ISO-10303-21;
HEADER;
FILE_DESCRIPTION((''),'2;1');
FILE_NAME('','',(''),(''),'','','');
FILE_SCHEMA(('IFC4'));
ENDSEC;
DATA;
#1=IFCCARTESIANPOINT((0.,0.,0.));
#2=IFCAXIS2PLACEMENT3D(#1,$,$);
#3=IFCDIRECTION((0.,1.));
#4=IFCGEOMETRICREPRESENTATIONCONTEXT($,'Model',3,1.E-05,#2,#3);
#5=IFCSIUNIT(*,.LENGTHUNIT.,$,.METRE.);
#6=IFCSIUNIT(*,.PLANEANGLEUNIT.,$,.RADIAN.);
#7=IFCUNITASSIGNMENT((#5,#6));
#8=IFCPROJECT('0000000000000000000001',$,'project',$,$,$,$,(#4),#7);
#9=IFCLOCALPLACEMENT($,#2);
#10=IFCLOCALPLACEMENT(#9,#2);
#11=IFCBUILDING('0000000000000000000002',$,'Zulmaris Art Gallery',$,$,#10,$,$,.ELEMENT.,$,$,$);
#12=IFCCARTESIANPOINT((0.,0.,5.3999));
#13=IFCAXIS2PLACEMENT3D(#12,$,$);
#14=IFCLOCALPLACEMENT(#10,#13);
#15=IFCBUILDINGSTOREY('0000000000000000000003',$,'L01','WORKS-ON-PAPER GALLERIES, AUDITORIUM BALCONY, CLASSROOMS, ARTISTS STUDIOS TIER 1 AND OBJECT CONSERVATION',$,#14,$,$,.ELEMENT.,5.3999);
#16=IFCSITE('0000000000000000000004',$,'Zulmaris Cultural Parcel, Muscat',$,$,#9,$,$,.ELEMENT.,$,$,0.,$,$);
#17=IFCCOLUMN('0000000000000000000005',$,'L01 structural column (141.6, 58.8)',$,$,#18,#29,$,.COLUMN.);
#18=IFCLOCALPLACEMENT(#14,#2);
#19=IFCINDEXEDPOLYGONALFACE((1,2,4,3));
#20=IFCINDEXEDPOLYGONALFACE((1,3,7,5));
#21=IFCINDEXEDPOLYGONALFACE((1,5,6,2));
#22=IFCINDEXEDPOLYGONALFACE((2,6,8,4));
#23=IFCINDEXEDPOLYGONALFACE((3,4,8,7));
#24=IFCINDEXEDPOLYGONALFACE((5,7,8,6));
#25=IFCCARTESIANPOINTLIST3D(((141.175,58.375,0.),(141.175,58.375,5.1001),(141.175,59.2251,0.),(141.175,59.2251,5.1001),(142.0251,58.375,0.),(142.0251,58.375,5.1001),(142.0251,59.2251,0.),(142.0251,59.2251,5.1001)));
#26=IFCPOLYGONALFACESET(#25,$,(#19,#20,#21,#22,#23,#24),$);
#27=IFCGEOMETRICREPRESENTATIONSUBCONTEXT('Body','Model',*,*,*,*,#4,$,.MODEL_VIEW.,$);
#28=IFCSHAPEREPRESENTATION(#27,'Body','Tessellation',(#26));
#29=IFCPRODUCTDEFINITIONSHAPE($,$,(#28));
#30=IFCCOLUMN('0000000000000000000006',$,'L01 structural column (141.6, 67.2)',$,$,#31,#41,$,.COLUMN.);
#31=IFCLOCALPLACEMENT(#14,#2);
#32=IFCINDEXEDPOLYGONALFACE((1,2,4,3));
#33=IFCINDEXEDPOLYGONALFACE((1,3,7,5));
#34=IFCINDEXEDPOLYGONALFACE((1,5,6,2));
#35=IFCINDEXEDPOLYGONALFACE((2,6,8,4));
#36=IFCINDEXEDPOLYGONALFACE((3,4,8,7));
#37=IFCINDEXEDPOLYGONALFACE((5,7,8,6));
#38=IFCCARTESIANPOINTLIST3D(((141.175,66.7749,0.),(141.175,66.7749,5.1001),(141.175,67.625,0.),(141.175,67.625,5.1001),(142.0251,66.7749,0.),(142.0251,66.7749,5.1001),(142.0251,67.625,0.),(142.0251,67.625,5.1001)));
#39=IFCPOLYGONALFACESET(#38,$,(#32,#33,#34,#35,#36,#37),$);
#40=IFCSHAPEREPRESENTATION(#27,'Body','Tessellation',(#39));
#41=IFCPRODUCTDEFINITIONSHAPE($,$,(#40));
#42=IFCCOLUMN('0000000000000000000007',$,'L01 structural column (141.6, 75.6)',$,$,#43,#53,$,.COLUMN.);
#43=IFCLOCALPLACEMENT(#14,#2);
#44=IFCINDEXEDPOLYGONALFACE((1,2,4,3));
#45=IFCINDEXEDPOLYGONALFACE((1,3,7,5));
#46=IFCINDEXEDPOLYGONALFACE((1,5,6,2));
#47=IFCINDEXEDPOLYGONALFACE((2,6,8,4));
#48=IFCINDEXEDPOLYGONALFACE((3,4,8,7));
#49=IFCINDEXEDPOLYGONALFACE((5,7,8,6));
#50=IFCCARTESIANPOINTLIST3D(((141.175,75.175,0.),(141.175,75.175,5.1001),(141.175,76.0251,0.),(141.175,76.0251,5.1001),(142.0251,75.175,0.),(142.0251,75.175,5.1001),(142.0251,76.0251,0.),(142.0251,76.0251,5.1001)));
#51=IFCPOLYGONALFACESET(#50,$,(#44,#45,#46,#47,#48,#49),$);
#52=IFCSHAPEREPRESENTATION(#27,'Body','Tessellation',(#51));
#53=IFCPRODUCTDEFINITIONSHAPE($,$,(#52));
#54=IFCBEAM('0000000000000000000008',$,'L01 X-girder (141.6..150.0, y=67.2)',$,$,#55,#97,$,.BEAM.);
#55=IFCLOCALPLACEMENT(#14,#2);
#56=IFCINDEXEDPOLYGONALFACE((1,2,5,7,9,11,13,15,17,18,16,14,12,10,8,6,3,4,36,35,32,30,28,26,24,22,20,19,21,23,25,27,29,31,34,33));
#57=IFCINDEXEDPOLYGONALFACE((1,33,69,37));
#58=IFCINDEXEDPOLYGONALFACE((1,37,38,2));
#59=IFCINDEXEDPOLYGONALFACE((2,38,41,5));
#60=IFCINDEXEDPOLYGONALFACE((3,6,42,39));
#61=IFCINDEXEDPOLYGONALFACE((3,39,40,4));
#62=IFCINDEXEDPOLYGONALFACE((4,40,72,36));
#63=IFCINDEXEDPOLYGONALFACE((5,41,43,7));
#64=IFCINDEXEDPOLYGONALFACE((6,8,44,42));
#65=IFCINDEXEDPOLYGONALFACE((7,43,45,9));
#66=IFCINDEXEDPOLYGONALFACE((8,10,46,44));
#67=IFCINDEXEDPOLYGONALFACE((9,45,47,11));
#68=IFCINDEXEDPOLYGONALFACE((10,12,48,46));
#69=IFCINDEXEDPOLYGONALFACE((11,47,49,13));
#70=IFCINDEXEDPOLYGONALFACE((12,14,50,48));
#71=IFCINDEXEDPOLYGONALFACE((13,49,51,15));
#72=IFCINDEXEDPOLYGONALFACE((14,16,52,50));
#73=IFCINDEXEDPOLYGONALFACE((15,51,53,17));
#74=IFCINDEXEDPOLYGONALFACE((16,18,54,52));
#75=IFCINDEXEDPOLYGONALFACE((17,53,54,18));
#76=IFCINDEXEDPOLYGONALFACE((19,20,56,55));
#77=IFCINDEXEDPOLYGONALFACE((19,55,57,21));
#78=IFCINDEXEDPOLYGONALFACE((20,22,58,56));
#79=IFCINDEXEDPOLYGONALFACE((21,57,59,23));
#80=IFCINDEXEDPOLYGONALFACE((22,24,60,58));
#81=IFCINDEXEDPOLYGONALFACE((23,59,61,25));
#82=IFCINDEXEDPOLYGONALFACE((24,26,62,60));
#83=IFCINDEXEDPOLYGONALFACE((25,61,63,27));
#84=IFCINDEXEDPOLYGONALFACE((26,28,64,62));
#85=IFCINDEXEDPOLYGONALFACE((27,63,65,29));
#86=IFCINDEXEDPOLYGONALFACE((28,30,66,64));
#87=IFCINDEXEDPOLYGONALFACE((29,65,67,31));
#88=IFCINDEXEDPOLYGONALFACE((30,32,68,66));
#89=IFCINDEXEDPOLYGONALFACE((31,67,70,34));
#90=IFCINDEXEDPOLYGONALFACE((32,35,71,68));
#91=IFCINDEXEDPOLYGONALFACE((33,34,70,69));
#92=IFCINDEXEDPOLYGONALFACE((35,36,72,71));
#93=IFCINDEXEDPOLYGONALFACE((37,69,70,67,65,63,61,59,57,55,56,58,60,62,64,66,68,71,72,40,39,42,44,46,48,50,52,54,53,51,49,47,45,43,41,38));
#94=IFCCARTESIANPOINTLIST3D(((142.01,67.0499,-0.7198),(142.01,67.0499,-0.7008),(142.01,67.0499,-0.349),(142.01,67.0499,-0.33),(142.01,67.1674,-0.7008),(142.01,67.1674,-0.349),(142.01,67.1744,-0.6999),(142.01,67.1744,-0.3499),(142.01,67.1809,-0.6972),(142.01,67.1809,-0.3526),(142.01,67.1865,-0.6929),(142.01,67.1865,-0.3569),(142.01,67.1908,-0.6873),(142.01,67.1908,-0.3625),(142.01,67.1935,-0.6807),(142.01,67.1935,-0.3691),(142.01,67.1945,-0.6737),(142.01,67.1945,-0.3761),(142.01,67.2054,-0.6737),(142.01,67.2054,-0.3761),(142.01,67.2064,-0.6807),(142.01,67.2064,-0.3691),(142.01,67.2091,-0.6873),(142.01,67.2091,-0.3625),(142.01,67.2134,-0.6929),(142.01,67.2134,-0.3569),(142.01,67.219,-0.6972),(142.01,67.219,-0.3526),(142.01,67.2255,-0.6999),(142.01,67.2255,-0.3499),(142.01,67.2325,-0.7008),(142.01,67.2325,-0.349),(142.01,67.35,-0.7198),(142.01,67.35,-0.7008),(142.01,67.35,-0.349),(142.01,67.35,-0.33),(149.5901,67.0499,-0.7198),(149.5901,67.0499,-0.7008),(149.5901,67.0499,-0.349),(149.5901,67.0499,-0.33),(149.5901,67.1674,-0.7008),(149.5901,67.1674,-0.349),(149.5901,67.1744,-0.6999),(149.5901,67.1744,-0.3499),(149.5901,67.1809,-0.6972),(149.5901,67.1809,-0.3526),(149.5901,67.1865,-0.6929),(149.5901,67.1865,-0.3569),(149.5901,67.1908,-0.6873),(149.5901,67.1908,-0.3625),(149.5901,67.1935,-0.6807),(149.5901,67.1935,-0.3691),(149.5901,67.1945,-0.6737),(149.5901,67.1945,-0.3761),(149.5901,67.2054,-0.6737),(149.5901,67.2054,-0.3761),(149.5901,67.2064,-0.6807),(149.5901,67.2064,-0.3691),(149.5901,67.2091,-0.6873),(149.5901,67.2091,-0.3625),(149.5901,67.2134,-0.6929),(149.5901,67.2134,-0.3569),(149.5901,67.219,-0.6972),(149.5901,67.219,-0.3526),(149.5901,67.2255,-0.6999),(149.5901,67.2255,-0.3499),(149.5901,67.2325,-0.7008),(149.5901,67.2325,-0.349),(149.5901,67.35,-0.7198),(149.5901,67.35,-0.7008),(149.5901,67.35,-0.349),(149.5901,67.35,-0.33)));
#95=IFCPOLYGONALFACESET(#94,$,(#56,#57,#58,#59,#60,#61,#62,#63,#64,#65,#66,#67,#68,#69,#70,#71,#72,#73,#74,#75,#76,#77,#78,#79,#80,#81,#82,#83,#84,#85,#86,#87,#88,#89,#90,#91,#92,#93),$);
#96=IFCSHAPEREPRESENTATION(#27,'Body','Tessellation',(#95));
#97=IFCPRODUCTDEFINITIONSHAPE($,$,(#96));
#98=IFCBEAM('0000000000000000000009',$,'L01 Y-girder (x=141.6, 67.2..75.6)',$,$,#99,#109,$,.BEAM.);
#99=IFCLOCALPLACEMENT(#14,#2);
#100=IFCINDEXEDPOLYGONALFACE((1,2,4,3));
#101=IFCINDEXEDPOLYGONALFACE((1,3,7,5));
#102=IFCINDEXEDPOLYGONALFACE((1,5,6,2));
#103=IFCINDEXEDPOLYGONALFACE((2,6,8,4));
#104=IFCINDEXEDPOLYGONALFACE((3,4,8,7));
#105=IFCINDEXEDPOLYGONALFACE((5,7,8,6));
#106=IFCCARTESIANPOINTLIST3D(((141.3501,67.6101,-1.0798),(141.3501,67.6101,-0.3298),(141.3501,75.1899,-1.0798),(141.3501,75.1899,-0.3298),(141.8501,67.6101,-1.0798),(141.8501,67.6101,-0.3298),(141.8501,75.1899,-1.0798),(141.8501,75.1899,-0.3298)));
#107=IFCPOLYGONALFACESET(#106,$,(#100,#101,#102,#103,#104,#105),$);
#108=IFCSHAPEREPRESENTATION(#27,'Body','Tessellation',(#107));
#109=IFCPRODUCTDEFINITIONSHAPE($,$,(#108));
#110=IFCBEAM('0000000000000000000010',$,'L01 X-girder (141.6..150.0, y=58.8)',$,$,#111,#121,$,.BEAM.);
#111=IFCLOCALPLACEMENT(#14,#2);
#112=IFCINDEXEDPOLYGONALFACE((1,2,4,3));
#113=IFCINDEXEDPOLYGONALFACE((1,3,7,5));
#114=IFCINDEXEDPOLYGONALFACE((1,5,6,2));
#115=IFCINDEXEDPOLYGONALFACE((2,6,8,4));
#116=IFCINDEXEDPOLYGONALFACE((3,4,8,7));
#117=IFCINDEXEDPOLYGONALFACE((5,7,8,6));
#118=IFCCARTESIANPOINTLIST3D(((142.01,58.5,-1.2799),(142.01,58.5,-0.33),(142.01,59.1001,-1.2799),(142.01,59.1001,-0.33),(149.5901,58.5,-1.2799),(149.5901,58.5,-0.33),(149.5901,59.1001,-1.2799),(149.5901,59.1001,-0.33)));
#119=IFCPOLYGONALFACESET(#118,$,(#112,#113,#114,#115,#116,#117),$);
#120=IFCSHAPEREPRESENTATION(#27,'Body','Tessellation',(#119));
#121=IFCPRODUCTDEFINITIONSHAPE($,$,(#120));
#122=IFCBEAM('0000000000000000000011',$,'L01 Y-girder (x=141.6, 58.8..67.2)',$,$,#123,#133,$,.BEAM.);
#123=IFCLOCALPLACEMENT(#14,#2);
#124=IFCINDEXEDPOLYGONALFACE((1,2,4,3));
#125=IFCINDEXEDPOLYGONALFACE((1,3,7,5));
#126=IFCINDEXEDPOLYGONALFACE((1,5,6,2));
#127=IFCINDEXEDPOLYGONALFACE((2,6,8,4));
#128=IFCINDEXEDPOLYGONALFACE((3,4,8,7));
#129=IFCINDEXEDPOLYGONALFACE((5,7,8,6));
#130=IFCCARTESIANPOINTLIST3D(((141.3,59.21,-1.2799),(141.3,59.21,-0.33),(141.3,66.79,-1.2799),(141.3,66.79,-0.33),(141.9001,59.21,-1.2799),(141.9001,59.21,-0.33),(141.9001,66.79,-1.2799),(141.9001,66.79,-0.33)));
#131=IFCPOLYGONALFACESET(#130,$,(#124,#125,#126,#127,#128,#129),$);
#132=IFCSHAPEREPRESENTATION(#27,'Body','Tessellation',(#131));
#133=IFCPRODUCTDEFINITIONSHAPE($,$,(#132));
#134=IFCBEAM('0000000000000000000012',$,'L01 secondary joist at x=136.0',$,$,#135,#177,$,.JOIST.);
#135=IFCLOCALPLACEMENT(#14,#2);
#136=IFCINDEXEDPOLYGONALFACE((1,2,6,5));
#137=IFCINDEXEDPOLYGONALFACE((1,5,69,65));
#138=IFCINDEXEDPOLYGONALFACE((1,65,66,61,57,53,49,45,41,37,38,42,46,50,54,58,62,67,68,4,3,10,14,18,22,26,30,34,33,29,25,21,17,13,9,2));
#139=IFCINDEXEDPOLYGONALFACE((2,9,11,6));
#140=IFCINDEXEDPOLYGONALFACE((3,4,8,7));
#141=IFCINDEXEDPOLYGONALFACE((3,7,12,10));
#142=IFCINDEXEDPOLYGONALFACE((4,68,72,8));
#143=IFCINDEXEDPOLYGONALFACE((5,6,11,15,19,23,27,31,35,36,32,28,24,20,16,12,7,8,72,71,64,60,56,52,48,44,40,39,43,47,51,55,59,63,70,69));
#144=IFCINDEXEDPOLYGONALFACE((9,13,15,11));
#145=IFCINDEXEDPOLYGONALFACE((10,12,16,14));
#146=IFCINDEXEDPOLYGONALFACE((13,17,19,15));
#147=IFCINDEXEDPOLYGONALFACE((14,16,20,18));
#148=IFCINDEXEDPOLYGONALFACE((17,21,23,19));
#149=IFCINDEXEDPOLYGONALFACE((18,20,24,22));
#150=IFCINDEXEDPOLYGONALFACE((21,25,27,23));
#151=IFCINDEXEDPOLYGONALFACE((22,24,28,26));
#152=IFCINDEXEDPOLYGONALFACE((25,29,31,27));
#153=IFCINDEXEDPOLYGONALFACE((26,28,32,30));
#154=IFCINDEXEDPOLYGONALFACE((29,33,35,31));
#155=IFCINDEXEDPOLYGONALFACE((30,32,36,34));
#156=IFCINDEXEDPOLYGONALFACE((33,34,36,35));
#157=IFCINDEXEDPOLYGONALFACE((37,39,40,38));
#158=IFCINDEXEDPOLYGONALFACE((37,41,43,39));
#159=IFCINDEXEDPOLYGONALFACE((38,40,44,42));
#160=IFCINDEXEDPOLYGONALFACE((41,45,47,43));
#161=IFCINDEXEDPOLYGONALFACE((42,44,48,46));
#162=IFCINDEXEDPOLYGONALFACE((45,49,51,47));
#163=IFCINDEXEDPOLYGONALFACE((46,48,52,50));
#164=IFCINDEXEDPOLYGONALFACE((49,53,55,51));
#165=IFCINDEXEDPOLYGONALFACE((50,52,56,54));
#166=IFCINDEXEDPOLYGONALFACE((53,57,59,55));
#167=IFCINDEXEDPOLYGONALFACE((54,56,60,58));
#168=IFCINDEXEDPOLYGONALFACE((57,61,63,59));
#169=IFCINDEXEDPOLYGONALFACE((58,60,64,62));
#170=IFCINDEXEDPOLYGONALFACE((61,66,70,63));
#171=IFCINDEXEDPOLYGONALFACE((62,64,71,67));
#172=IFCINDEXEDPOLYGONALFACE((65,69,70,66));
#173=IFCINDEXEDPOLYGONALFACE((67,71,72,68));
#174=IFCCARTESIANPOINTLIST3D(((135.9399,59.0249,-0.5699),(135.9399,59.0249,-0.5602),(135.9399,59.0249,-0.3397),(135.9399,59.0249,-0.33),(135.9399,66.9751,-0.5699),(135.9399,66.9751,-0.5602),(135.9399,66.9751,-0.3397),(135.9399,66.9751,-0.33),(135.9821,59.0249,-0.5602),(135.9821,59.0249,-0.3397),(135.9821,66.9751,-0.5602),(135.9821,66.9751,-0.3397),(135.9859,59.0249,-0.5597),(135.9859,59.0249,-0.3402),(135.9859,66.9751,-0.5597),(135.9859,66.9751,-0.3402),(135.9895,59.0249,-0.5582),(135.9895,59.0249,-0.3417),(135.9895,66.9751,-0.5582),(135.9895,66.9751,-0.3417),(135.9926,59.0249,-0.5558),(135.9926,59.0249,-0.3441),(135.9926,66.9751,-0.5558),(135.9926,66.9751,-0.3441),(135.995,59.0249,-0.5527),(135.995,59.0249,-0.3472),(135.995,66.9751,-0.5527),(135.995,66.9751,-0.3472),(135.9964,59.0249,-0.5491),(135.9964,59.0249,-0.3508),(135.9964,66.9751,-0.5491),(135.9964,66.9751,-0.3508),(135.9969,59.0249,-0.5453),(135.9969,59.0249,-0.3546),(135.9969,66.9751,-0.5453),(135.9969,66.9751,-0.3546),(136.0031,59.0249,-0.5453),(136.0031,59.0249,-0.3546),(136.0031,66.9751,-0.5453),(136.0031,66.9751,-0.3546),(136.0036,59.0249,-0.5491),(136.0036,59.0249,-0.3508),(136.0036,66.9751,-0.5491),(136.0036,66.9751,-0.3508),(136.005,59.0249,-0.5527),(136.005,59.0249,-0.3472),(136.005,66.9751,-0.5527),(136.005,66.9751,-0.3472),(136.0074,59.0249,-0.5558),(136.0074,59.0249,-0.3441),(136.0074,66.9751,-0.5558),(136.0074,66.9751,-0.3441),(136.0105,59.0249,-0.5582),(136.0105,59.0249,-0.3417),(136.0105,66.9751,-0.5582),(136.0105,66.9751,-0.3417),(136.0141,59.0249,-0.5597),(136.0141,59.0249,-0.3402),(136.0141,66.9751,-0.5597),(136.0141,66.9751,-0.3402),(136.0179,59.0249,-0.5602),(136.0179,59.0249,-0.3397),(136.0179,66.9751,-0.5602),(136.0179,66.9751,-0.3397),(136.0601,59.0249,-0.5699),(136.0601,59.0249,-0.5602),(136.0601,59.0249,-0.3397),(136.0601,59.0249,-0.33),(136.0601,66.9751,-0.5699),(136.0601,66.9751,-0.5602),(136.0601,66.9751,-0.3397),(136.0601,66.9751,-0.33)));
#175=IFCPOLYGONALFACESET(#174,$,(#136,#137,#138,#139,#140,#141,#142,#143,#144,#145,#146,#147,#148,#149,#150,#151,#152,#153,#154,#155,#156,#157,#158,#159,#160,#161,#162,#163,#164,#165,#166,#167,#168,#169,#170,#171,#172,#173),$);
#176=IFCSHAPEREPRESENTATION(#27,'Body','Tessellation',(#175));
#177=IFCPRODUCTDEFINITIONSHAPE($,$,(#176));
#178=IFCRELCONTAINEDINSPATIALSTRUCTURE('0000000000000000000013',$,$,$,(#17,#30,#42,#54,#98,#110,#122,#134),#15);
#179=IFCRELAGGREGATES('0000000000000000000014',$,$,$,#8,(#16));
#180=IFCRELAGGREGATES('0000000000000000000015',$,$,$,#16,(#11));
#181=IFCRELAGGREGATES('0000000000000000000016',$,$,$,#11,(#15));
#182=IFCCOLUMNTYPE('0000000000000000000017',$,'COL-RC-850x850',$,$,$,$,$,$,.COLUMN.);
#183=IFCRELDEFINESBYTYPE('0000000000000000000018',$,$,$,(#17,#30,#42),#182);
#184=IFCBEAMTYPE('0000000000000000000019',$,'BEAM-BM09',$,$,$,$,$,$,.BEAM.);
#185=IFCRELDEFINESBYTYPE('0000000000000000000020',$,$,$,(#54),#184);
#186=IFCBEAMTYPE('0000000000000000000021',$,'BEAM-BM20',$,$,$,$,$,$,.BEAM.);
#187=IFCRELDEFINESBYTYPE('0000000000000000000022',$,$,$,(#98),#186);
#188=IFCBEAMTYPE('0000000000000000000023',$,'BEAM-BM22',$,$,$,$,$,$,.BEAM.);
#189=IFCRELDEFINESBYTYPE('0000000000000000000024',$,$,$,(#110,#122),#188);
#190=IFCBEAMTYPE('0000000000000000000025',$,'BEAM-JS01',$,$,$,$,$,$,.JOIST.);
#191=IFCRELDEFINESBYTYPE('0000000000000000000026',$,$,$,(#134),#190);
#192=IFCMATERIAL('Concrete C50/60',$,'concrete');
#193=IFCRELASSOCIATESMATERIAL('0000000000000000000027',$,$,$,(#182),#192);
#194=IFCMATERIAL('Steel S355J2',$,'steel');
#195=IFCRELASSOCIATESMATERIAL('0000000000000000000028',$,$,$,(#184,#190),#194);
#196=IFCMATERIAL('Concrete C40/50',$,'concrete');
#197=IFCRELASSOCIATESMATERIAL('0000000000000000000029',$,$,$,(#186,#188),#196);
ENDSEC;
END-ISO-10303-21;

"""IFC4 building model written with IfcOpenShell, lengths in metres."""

from ifc_helpers import new_model, si_unit, direction, frame, origin, origin_2d, place, context, subcontext, project, spatial, rectangle, i_section, extrude, material, material_profile, profile_set, type_object, element, save


model = new_model("IFC4")

# Units and contexts
model_context = context("Model", 3, precision=1e-05, world=origin(), true_north=direction((0.0, 1.0)))
body_context = subcontext(model_context, "Body", "Model", "MODEL_VIEW")
ifc_project = project(units=[si_unit("LENGTHUNIT", "METRE"), si_unit("PLANEANGLEUNIT", "RADIAN")], contexts=[model_context])

# Site, building, storey
site_placement = place(None, origin())
site = spatial("IfcSite", under=ifc_project, at=site_placement, Name="Zulmaris Cultural Parcel, Muscat", CompositionType="ELEMENT", RefElevation=0.0)
building_placement = place(site_placement, origin())
building = spatial("IfcBuilding", under=site, at=building_placement, Name="Zulmaris Art Gallery", CompositionType="ELEMENT")
storey_placement = place(building_placement, frame((0.0, 0.0, 5.3999)))
storey = spatial("IfcBuildingStorey", under=building, at=storey_placement, Name="L01", Description="WORKS-ON-PAPER GALLERIES, AUDITORIUM BALCONY, CLASSROOMS, ARTISTS STUDIOS TIER 1 AND OBJECT CONSERVATION", CompositionType="ELEMENT", Elevation=5.3999)

# Columns
ifc_material_1 = material(Name="Concrete C50/60", Category="concrete")
ifc_material_profile_1 = material_profile(ifc_material_1, rectangle(XDim=0.8501, YDim=0.8501, at=origin_2d()), Name="RC 850x850")
ifc_profile_set_1 = profile_set([ifc_material_profile_1], Name="Concrete C50/60")
column_type = type_object("IfcColumnType", Name="COL-RC-850x850", PredefinedType="COLUMN", material=ifc_profile_set_1)
for number, where, z_axis, x_axis, name in (
    (1, (141.6001, 58.8, 0.0), (0.0, 0.0, 1.0), (1.0, 0.0, 0.0), "L01 structural column (141.6, 58.8)"),
    (2, (141.6001, 67.2, 0.0), (0.0, 0.0, 1.0), (1.0, 0.0, 0.0), "L01 structural column (141.6, 67.2)"),
    (3, (141.6001, 75.6001, 0.0), (0.0, 0.0, 1.0), (1.0, 0.0, 0.0), "L01 structural column (141.6, 75.6)"),
):
    element("IfcColumn", number, at=place(storey_placement, frame(where, z_axis=z_axis, x_axis=x_axis)), inside=storey, type_object=column_type, Name=name, PredefinedType="COLUMN", context=body_context, shape_type="SweptSolid", body=[
        extrude(rectangle(XDim=0.8501, YDim=0.8501, at=origin_2d()), origin(), (0.0, 0.0, 1.0), 5.1001),
    ])

# Beams
ifc_material_2 = material(Name="Steel S355J2", Category="steel")
ifc_material_profile_2 = material_profile(ifc_material_2, i_section(OverallWidth=0.3, OverallDepth=0.3899, WebThickness=0.011, FlangeThickness=0.019, FilletRadius=0.0271, at=origin_2d()), Name="HEA 400")
ifc_profile_set_2 = profile_set([ifc_material_profile_2], Name="Steel S355J2")
beam_type_1 = type_object("IfcBeamType", Name="BEAM-BM09", PredefinedType="BEAM", material=ifc_profile_set_2)
beam_1_placement = place(storey_placement, frame((142.01, 67.2, -0.5249), z_axis=(1.0, 0.0, 0.0), x_axis=(0.0, 1.0, 0.0)))
element("IfcBeam", 4, at=beam_1_placement, inside=storey, type_object=beam_type_1, Name="L01 X-girder (141.6..150.0, y=67.2)", PredefinedType="BEAM", context=body_context, shape_type="SweptSolid", body=[
    extrude(i_section(OverallWidth=0.3, OverallDepth=0.3899, WebThickness=0.011, FlangeThickness=0.019, FilletRadius=0.0271, at=origin_2d()), origin(), (0.0, 0.0, 1.0), 7.5801),
])
ifc_material_3 = material(Name="Concrete C40/50", Category="concrete")
ifc_material_profile_3 = material_profile(ifc_material_3, rectangle(XDim=0.5, YDim=0.75, at=origin_2d()), Name="RC 500x750")
ifc_profile_set_3 = profile_set([ifc_material_profile_3], Name="Concrete C40/50")
beam_type_2 = type_object("IfcBeamType", Name="BEAM-BM20", PredefinedType="BEAM", material=ifc_profile_set_3)
beam_2_placement = place(storey_placement, frame((141.6001, 67.6101, -0.7048), z_axis=(0.0, 1.0, 0.0), x_axis=(-1.0, 0.0, 0.0)))
element("IfcBeam", 5, at=beam_2_placement, inside=storey, type_object=beam_type_2, Name="L01 Y-girder (x=141.6, 67.2..75.6)", PredefinedType="BEAM", context=body_context, shape_type="SweptSolid", body=[
    extrude(rectangle(XDim=0.5, YDim=0.75, at=origin_2d()), origin(), (0.0, 0.0, 1.0), 7.5798),
])
ifc_material_profile_4 = material_profile(ifc_material_3, rectangle(XDim=0.6001, YDim=0.95, at=origin_2d()), Name="RC 600x950")
ifc_profile_set_4 = profile_set([ifc_material_profile_4], Name="Concrete C40/50")
beam_type_3 = type_object("IfcBeamType", Name="BEAM-BM22", PredefinedType="BEAM", material=ifc_profile_set_4)
for number, where, z_axis, x_axis, name in (
    (6, (142.01, 58.8, -0.8049), (1.0, 0.0, 0.0), (0.0, 1.0, 0.0), "L01 X-girder (141.6..150.0, y=58.8)"),
    (7, (141.6001, 59.21, -0.8049), (0.0, 1.0, 0.0), (-1.0, 0.0, 0.0), "L01 Y-girder (x=141.6, 58.8..67.2)"),
):
    element("IfcBeam", number, at=place(storey_placement, frame(where, z_axis=z_axis, x_axis=x_axis)), inside=storey, type_object=beam_type_3, Name=name, PredefinedType="BEAM", context=body_context, shape_type="SweptSolid", body=[
        extrude(rectangle(XDim=0.6001, YDim=0.95, at=origin_2d()), origin(), (0.0, 0.0, 1.0), 7.5801),
    ])
ifc_material_profile_5 = material_profile(ifc_material_2, i_section(OverallWidth=0.1201, OverallDepth=0.24, WebThickness=0.0061, FlangeThickness=0.0098, FilletRadius=0.0149, at=origin_2d()), Name="IPE 240")
ifc_profile_set_5 = profile_set([ifc_material_profile_5], Name="Steel S355J2")
beam_type_4 = type_object("IfcBeamType", Name="BEAM-JS01", PredefinedType="JOIST", material=ifc_profile_set_5)
beam_3_placement = place(storey_placement, frame((136.0, 59.0249, -0.45), z_axis=(0.0, 1.0, 0.0), x_axis=(-1.0, 0.0, 0.0)))
element("IfcBeam", 8, at=beam_3_placement, inside=storey, type_object=beam_type_4, Name="L01 secondary joist at x=136.0", PredefinedType="JOIST", context=body_context, shape_type="SweptSolid", body=[
    extrude(i_section(OverallWidth=0.1201, OverallDepth=0.24, WebThickness=0.0061, FlangeThickness=0.0098, FilletRadius=0.0149, at=origin_2d()), origin(), (0.0, 0.0, 1.0), 7.9502),
])

save(model, "model.ifc")
